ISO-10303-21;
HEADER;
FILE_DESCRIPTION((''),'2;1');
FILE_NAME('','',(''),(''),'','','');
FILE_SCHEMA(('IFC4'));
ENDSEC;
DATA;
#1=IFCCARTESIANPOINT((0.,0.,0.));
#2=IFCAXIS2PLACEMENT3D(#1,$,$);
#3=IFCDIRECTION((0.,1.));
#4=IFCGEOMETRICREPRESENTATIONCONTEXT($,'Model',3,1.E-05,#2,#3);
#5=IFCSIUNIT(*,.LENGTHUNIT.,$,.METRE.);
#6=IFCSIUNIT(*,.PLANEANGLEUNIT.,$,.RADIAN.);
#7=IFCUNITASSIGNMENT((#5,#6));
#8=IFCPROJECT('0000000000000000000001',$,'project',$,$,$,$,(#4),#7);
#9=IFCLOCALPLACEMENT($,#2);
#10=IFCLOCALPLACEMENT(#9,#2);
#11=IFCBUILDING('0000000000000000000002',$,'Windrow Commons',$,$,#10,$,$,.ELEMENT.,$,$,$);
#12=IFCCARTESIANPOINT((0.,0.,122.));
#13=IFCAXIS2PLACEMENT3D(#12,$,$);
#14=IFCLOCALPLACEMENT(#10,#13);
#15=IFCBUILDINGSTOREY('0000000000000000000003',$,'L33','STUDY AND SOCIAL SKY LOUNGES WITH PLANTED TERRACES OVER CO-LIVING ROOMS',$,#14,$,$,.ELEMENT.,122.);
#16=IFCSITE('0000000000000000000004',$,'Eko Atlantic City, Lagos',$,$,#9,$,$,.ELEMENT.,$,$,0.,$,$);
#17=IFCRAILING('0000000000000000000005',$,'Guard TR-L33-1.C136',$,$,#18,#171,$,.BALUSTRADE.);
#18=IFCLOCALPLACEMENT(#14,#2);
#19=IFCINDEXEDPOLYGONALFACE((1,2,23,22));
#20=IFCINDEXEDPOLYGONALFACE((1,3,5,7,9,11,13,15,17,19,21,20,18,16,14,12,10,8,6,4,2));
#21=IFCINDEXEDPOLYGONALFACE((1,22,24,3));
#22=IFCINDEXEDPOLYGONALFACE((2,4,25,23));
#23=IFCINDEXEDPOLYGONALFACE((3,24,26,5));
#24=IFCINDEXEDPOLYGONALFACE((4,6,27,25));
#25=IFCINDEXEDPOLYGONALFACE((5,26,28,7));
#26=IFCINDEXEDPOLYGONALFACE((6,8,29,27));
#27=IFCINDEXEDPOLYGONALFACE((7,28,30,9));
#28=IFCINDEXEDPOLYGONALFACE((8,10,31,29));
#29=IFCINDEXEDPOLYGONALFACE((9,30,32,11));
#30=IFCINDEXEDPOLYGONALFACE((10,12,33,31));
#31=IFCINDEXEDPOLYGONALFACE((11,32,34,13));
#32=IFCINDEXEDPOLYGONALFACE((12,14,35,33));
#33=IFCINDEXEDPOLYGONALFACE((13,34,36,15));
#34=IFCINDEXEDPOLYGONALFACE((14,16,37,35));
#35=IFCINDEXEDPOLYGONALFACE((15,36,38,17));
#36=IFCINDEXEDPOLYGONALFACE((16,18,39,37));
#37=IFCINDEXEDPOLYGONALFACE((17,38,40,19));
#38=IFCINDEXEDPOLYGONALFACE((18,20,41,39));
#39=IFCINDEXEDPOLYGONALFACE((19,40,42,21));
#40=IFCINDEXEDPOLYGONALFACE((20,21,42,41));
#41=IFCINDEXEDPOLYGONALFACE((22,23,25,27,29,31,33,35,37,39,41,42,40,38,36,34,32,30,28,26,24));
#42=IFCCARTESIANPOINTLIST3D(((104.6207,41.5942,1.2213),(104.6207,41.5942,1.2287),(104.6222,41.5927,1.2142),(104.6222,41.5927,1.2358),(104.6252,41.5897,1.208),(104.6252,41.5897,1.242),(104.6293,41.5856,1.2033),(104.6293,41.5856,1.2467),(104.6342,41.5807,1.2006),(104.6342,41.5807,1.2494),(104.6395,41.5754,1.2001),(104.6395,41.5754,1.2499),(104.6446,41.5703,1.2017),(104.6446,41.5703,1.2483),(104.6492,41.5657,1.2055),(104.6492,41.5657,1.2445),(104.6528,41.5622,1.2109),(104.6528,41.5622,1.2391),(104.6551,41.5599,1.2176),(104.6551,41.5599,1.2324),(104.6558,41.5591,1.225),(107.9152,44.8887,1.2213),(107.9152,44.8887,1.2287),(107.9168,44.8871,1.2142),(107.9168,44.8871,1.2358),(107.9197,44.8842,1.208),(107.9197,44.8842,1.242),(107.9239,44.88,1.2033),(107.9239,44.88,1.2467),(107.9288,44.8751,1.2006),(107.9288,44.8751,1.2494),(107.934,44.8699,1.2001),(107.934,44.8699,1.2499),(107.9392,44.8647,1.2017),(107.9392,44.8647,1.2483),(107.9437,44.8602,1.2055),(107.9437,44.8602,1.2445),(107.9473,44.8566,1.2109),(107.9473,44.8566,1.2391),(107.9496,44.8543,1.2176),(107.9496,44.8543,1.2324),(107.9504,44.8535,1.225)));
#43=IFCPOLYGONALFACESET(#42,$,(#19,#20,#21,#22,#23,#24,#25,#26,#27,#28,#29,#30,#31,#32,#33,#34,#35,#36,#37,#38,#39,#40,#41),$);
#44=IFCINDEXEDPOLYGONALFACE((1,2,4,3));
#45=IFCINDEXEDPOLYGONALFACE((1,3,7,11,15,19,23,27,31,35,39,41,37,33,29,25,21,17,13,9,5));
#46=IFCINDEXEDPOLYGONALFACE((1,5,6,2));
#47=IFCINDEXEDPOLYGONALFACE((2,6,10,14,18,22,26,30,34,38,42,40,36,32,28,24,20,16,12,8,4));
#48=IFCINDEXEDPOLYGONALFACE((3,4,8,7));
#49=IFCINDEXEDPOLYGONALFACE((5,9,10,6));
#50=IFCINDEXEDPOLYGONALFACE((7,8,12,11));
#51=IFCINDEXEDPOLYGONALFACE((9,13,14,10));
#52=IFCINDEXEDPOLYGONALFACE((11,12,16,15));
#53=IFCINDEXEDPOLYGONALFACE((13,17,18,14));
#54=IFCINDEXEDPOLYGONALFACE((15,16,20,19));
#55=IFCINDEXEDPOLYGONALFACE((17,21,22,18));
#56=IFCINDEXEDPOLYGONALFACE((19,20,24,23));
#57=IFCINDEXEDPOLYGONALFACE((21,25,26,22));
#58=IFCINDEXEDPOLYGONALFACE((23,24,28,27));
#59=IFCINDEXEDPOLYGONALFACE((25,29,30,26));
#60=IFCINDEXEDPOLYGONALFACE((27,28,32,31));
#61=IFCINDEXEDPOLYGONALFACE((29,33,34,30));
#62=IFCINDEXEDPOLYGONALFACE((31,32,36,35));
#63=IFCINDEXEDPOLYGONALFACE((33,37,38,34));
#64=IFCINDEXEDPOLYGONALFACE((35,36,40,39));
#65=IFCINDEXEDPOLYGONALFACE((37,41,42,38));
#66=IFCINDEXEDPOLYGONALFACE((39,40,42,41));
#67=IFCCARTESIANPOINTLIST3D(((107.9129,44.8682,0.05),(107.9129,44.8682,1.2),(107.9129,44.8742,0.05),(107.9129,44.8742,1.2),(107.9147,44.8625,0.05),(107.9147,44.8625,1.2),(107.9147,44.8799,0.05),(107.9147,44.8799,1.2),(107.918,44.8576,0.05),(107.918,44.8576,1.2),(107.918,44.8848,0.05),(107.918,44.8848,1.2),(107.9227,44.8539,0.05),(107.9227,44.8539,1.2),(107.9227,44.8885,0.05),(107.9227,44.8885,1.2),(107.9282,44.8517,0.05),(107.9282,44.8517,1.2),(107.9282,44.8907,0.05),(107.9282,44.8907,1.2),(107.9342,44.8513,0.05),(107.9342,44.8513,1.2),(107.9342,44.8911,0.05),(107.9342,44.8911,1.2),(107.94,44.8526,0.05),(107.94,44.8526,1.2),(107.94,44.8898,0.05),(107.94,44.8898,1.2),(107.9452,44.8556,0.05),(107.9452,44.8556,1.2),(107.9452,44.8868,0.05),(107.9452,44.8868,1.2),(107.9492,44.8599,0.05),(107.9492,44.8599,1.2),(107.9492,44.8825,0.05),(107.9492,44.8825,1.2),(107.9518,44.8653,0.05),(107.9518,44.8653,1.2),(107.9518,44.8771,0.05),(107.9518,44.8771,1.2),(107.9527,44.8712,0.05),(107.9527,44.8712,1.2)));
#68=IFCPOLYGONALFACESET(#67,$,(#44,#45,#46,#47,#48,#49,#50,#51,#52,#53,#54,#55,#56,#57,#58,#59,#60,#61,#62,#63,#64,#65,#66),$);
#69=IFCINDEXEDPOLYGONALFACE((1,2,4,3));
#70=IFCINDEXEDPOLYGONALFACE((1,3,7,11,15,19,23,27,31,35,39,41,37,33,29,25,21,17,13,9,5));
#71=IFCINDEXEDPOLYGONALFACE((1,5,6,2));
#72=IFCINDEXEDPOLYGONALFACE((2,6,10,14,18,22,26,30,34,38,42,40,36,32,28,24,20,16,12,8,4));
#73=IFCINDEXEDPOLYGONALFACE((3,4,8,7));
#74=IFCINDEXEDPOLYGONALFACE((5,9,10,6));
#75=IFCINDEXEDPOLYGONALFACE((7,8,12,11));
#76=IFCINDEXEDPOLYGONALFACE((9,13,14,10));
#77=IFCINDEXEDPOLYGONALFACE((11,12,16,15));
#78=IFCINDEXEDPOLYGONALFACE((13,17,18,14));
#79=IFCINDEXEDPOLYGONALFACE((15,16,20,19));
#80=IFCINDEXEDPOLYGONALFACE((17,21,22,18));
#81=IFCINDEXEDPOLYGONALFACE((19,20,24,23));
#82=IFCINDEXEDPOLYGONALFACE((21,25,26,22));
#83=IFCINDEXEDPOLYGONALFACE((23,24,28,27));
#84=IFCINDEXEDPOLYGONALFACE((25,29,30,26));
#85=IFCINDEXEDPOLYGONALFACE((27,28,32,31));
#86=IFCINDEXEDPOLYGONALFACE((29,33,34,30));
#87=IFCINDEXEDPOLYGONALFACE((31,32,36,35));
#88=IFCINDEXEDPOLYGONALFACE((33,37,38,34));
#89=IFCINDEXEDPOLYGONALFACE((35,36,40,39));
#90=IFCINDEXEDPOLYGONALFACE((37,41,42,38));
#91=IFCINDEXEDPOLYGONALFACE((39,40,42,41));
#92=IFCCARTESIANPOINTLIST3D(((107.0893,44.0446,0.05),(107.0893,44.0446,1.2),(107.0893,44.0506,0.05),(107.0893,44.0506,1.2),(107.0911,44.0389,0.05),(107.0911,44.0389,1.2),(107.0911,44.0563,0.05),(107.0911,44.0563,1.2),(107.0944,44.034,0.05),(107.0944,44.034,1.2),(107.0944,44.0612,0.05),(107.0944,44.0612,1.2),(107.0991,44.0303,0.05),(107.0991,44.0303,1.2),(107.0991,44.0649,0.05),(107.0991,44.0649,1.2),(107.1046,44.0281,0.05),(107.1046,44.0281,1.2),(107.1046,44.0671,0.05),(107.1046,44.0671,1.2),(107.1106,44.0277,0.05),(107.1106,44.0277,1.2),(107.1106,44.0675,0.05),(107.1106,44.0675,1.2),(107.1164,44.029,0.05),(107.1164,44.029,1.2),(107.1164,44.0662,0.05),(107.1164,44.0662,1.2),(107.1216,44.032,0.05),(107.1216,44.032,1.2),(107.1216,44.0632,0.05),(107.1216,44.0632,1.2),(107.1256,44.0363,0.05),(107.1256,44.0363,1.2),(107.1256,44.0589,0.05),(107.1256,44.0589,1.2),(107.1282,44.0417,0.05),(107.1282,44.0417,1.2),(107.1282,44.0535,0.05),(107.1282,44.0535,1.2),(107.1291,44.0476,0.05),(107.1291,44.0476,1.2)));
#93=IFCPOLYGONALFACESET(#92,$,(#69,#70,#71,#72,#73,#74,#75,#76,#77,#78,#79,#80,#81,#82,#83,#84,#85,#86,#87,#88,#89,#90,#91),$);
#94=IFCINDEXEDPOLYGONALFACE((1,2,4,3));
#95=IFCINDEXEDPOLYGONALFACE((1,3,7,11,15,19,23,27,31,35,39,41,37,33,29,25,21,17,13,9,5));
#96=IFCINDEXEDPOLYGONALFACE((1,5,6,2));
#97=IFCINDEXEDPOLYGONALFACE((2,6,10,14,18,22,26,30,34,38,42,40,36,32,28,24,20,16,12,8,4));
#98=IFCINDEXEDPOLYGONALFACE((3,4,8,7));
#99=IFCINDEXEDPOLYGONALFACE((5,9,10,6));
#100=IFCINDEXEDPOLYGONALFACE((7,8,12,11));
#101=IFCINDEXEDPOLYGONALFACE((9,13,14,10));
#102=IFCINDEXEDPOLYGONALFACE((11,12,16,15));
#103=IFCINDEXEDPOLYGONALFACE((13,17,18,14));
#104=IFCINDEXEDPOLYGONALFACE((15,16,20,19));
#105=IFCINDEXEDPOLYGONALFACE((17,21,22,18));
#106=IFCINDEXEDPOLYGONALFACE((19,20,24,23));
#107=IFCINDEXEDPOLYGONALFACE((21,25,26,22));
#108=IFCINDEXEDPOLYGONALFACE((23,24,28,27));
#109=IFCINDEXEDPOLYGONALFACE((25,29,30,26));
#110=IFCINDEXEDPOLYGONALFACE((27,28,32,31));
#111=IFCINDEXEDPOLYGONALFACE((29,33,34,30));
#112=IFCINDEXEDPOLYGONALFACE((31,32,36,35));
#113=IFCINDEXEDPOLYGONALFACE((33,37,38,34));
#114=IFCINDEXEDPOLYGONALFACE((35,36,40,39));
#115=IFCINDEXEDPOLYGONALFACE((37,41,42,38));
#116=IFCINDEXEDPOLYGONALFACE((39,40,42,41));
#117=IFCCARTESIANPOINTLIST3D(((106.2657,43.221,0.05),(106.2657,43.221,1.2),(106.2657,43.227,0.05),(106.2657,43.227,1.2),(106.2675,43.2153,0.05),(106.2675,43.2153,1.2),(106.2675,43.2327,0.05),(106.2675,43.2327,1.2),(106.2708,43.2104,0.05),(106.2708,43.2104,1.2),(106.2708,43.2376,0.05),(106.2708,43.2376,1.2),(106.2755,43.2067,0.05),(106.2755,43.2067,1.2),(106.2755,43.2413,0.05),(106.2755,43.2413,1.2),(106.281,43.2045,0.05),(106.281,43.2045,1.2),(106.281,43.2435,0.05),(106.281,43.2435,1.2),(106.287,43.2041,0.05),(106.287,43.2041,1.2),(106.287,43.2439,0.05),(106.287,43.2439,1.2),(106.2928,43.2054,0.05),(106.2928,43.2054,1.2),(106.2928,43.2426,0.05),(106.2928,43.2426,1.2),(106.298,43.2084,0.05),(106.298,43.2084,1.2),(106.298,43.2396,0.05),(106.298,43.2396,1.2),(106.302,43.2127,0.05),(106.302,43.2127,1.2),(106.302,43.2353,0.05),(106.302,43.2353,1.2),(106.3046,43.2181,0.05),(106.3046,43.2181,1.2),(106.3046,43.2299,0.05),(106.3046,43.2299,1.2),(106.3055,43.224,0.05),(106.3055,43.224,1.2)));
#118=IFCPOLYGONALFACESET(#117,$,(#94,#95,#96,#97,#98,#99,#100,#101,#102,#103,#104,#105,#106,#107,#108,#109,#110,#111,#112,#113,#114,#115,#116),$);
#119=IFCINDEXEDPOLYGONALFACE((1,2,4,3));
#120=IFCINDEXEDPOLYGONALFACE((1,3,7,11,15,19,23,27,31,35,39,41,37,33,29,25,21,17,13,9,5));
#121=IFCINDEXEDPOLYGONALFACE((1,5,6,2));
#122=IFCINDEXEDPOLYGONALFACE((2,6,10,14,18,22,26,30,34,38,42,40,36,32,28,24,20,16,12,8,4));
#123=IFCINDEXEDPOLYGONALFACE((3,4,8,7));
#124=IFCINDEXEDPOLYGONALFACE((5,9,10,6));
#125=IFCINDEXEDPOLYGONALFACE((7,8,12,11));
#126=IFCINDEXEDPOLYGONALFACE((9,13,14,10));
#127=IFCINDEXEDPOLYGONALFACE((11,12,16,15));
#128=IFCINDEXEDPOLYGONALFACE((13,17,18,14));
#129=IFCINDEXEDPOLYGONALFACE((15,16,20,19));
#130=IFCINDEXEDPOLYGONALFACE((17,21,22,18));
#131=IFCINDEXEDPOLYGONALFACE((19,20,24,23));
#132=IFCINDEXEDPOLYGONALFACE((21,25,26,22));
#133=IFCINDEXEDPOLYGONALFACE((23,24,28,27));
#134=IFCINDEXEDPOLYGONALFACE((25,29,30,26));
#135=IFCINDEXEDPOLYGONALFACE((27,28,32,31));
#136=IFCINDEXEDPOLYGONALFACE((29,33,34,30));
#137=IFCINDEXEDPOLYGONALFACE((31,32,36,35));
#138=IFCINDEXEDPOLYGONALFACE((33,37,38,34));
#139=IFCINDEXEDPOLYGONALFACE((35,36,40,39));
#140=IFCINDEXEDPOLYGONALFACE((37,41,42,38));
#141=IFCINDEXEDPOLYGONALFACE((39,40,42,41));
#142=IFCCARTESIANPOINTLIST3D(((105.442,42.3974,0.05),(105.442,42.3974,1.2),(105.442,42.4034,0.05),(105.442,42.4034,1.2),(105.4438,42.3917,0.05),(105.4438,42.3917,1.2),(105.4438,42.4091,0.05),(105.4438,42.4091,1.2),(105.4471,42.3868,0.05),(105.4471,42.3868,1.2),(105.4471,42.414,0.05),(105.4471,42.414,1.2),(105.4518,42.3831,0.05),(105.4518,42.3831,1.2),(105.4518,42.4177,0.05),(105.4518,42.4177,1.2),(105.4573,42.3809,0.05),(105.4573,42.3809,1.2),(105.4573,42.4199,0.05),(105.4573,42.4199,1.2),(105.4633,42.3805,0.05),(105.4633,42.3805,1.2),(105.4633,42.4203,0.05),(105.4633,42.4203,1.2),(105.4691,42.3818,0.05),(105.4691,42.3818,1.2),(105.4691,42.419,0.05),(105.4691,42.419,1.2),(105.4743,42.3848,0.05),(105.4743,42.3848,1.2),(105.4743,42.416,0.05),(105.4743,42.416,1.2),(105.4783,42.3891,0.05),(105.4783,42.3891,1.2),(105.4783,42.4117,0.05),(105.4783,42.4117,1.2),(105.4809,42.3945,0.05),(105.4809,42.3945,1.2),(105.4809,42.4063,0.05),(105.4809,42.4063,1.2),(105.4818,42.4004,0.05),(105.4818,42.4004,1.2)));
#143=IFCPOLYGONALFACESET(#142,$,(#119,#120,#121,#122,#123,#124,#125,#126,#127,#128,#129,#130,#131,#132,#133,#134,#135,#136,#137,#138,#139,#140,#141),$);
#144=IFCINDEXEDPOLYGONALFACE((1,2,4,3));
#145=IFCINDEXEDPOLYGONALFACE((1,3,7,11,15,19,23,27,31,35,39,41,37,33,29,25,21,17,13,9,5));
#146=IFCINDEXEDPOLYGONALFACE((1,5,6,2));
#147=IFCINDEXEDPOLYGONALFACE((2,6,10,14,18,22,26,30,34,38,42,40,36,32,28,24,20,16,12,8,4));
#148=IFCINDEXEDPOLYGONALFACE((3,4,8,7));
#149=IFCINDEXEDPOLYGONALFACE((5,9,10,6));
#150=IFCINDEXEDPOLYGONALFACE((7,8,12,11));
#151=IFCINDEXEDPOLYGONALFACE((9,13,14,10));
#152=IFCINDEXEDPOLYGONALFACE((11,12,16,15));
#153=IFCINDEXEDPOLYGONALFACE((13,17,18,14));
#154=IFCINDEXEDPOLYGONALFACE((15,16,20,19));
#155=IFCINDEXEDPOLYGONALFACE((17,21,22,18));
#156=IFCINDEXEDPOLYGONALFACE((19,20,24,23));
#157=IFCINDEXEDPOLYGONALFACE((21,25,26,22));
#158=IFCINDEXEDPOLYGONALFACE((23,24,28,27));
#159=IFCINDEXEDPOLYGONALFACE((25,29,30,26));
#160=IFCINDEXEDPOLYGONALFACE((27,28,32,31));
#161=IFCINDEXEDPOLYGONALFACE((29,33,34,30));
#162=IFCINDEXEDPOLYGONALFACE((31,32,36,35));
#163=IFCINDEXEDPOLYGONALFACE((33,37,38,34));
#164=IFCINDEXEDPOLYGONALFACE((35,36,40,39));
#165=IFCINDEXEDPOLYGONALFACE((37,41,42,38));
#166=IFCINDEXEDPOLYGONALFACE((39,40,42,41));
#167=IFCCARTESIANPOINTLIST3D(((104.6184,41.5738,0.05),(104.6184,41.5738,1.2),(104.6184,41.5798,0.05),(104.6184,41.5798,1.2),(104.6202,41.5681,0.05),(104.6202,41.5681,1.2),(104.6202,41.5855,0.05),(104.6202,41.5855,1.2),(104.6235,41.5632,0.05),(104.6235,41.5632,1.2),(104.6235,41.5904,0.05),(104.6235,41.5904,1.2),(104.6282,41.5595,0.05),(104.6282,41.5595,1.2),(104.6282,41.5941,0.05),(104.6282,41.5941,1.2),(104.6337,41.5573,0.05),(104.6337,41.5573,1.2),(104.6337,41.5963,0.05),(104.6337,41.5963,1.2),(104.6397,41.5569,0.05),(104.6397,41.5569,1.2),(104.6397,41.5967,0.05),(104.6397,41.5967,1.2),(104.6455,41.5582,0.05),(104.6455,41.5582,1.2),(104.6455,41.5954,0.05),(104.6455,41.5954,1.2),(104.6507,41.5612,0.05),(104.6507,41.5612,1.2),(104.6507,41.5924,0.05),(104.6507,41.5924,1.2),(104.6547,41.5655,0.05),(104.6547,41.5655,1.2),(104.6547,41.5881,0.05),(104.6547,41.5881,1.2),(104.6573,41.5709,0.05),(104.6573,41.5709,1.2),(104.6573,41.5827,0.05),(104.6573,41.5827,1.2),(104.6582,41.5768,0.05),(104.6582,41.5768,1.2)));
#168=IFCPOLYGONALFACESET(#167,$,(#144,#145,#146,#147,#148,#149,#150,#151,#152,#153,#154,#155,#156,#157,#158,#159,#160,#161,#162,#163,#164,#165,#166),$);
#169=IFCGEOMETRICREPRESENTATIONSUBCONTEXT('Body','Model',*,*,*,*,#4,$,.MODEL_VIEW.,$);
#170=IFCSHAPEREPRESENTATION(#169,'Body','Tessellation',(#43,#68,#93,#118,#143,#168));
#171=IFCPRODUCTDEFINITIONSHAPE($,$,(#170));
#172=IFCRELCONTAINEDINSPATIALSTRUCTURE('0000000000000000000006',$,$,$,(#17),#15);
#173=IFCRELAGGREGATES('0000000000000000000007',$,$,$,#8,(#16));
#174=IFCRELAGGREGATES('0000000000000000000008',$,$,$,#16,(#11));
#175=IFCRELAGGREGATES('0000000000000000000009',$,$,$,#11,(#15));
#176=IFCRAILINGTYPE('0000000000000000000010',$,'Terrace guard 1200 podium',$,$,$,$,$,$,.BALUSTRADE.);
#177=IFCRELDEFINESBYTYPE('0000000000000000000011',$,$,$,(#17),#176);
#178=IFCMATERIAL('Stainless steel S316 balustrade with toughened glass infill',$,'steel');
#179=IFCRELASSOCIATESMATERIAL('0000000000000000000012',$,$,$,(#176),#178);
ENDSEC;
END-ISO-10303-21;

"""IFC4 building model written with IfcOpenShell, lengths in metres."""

from ifc_helpers import new_model, si_unit, direction, frame, origin, origin_2d, place, context, subcontext, project, spatial, circle, extrude, material, type_object, element, save


model = new_model("IFC4")

# Units and contexts
model_context = context("Model", 3, precision=1e-05, world=origin(), true_north=direction((0.0, 1.0)))
body_context = subcontext(model_context, "Body", "Model", "MODEL_VIEW")
ifc_project = project(units=[si_unit("LENGTHUNIT", "METRE"), si_unit("PLANEANGLEUNIT", "RADIAN")], contexts=[model_context])

# Site, building, storey
site_placement = place(None, origin())
site = spatial("IfcSite", under=ifc_project, at=site_placement, Name="Eko Atlantic City, Lagos", CompositionType="ELEMENT", RefElevation=0.0)
building_placement = place(site_placement, origin())
building = spatial("IfcBuilding", under=site, at=building_placement, Name="Windrow Commons", CompositionType="ELEMENT")
storey_placement = place(building_placement, frame((0.0, 0.0, 122.0)))
storey = spatial("IfcBuildingStorey", under=building, at=storey_placement, Name="L33", Description="STUDY AND SOCIAL SKY LOUNGES WITH PLANTED TERRACES OVER CO-LIVING ROOMS", CompositionType="ELEMENT", Elevation=122.0)

# Railing
ifc_material_1 = material(Name="Stainless steel S316 balustrade with toughened glass infill", Category="steel")
railing_type = type_object("IfcRailingType", Name="Terrace guard 1200 podium", PredefinedType="BALUSTRADE", material=ifc_material_1)
railing_1_placement = place(storey_placement, frame((107.9327, 44.8712, 0.05)))
element("IfcRailing", 1, at=railing_1_placement, inside=storey, type_object=railing_type, Name="Guard TR-L33-1.C136", PredefinedType="BALUSTRADE", context=body_context, shape_type="SweptSolid", body=[
    extrude(circle(Radius=0.025, at=origin_2d()), frame((0.0, 0.0, 1.175), z_axis=(-0.707118, -0.707096, 0.0), x_axis=(0.707096, -0.707118, 0.0)), (0.0, 0.0, 1.0), 4.6591),
    extrude(circle(Radius=0.02, at=origin_2d()), origin(), (0.0, 0.0, 1.0), 1.15),
    extrude(circle(Radius=0.02, at=origin_2d()), frame((-0.8236, -0.8236, 0.0)), (0.0, 0.0, 1.0), 1.15),
    extrude(circle(Radius=0.02, at=origin_2d()), frame((-1.6472, -1.6472, 0.0)), (0.0, 0.0, 1.0), 1.15),
    extrude(circle(Radius=0.02, at=origin_2d()), frame((-2.4709, -2.4708, 0.0)), (0.0, 0.0, 1.0), 1.15),
    extrude(circle(Radius=0.02, at=origin_2d()), frame((-3.2945, -3.2944, 0.0)), (0.0, 0.0, 1.0), 1.15),
])

save(model, "model.ifc")
